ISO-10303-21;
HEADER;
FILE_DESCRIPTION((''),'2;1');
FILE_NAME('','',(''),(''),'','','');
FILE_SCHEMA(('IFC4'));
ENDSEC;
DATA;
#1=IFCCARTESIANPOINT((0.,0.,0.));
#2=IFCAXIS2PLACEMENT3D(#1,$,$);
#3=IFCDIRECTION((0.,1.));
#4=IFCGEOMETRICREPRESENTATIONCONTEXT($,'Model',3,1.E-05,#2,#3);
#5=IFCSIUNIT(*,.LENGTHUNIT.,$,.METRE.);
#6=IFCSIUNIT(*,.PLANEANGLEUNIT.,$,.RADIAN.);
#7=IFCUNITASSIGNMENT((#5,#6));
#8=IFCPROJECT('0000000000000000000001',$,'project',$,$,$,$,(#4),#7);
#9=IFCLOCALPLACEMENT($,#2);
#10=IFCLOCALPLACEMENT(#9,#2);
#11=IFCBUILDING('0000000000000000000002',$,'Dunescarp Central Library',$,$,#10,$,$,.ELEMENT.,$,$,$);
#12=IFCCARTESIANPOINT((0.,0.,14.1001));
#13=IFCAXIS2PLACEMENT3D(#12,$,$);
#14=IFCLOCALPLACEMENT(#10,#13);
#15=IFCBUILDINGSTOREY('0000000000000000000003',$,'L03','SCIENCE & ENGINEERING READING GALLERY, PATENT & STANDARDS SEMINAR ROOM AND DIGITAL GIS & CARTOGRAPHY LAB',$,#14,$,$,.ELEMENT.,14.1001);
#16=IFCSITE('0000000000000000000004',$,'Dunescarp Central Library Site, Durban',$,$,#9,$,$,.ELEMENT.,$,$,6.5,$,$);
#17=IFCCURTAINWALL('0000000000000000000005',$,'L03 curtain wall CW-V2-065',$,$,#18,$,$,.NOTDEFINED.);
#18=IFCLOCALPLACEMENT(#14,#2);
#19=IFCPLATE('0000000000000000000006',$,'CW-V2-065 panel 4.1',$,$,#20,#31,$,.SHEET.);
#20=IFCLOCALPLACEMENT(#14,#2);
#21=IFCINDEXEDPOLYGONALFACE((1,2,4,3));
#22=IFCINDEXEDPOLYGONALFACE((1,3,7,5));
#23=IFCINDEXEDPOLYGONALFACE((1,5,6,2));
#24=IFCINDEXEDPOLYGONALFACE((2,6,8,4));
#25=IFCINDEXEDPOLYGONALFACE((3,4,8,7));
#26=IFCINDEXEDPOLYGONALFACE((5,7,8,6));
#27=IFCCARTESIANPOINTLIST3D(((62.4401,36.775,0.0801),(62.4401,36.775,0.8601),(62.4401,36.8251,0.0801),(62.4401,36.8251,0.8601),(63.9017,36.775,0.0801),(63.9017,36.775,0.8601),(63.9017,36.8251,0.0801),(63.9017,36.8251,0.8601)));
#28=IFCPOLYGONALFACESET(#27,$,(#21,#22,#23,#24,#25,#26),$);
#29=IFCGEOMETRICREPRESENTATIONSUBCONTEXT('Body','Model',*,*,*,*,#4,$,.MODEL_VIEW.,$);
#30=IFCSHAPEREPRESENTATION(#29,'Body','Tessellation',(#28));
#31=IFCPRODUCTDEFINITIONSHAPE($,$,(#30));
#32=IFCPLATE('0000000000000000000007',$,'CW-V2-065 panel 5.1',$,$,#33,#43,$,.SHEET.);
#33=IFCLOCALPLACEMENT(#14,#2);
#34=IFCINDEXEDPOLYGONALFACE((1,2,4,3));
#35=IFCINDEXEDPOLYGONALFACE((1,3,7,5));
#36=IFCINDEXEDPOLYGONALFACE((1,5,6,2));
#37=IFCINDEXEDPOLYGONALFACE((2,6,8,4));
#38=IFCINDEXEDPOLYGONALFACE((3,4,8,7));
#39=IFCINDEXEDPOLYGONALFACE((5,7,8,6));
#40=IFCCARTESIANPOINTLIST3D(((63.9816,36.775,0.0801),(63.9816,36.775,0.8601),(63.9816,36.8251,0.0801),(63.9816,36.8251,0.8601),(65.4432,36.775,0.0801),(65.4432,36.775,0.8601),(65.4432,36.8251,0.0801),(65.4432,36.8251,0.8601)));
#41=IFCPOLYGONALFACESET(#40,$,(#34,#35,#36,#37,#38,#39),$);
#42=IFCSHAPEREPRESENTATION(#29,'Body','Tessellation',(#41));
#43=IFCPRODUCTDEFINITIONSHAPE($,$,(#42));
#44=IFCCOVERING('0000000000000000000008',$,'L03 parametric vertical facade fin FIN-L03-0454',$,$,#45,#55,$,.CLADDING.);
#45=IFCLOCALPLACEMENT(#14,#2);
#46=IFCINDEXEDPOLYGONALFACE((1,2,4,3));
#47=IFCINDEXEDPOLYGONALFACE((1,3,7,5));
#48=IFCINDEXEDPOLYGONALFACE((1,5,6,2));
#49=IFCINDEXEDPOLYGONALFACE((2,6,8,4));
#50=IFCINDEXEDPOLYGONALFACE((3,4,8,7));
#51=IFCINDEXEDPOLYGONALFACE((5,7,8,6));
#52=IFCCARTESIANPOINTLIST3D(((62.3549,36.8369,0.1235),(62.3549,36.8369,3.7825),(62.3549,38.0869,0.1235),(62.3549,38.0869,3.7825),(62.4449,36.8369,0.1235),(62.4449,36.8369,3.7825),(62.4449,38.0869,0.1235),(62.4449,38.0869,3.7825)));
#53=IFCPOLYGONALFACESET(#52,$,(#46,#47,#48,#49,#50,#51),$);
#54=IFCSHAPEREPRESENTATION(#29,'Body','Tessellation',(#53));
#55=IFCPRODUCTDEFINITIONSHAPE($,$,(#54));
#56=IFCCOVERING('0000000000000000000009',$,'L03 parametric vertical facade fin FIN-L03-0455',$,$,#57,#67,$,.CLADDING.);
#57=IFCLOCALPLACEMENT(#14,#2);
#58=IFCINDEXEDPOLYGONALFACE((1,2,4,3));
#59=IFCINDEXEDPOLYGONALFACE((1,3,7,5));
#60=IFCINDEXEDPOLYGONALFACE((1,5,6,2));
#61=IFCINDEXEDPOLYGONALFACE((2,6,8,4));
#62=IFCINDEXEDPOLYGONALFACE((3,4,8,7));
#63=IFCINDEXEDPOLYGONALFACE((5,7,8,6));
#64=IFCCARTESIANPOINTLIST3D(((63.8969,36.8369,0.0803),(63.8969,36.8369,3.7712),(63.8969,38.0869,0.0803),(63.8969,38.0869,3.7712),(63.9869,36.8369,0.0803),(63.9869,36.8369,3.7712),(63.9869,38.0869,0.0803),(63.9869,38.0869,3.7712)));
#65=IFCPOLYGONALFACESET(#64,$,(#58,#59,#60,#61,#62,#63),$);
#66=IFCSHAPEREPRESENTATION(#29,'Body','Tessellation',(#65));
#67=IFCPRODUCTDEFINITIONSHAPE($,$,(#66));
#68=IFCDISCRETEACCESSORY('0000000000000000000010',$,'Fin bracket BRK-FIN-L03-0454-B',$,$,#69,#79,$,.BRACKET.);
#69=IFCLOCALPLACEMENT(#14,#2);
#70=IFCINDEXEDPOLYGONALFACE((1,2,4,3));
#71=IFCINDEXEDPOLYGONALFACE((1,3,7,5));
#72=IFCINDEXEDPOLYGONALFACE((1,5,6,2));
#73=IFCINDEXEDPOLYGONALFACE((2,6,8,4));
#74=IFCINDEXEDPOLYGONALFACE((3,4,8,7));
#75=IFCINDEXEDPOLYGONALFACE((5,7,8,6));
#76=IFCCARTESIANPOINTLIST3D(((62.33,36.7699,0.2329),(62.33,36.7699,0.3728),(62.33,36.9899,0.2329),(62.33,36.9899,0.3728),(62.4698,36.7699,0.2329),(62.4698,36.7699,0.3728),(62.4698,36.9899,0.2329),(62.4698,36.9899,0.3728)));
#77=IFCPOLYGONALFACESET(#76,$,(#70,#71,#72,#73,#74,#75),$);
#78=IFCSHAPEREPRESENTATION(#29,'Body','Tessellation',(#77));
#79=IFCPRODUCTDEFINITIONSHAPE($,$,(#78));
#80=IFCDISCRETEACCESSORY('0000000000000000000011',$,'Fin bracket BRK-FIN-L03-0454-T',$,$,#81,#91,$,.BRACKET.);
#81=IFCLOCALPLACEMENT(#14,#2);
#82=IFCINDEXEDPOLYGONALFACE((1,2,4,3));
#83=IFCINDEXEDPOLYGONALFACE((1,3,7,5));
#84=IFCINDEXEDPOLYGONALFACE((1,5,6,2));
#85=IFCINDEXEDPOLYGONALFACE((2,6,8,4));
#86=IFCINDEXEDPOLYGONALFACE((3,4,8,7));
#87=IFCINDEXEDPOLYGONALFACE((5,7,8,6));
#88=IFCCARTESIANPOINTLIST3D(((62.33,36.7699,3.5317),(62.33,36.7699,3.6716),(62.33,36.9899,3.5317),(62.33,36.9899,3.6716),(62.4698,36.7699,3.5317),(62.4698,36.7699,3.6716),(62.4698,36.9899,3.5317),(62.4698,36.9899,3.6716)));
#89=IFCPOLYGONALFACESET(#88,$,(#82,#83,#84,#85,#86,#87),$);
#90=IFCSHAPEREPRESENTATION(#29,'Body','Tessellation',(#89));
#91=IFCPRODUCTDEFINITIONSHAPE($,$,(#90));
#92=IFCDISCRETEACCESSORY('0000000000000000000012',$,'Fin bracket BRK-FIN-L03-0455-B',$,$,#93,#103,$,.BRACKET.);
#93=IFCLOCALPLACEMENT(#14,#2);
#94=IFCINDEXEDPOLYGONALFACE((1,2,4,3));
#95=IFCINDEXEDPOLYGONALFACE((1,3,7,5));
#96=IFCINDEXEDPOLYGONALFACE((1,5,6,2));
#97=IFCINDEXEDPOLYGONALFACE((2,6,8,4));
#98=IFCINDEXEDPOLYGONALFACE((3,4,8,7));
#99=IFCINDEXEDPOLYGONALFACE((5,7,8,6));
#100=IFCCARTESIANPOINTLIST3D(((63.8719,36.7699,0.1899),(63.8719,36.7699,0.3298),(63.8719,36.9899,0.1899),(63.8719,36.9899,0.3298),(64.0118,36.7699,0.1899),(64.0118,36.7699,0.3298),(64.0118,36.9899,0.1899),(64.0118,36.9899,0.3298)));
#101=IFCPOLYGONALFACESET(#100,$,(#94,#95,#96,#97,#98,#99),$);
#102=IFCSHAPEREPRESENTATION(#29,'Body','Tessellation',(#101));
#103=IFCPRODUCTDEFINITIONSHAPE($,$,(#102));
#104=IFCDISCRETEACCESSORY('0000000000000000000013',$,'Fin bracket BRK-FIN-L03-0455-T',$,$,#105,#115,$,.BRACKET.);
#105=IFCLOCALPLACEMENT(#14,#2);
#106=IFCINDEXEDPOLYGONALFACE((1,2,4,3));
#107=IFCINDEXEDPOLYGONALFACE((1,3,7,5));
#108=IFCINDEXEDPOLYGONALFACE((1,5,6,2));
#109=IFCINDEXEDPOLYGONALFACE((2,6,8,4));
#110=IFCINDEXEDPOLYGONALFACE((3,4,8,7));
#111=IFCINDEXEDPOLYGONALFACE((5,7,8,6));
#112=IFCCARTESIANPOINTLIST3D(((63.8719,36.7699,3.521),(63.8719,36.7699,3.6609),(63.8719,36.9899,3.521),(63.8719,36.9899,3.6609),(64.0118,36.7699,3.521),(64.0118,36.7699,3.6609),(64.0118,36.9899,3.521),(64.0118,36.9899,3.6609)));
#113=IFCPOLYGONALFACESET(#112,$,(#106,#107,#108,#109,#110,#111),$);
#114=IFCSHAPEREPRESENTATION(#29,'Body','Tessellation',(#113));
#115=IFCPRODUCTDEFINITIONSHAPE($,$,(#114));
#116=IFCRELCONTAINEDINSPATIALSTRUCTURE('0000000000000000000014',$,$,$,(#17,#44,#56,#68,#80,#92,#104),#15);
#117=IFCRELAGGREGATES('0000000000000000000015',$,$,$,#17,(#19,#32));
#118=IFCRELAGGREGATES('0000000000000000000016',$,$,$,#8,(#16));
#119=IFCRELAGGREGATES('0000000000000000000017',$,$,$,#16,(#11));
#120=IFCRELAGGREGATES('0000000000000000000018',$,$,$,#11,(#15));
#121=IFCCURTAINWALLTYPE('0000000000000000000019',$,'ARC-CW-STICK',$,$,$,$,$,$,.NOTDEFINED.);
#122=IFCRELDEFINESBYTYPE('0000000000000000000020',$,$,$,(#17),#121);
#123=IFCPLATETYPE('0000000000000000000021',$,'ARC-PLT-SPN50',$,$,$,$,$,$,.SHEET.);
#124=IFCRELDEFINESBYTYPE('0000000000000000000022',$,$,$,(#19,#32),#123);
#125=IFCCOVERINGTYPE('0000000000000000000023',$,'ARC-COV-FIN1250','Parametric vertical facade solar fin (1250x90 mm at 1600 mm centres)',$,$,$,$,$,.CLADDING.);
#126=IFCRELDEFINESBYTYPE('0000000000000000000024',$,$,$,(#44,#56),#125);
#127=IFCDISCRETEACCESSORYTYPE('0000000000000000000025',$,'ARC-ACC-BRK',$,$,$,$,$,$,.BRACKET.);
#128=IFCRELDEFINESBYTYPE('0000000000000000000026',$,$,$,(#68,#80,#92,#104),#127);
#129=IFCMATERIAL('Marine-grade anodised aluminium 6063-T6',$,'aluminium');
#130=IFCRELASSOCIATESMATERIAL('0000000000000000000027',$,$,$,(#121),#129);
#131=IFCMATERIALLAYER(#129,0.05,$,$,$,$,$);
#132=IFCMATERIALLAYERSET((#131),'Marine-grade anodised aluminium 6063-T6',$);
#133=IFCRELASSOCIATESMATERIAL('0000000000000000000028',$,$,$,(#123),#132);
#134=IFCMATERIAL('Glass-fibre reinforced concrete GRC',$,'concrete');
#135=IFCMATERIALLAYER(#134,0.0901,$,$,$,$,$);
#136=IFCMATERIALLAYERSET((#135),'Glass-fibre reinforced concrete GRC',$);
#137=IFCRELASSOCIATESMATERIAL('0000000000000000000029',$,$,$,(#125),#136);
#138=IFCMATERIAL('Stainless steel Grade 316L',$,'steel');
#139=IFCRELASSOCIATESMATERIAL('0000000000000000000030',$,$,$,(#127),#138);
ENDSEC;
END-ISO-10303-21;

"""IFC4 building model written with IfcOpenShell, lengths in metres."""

from ifc_helpers import new_model, si_unit, direction, frame, origin, origin_2d, place, context, subcontext, project, spatial, rectangle, extrude, material, layer, layer_set, type_object, element, aggregate, save


model = new_model("IFC4")

# Units and contexts
model_context = context("Model", 3, precision=1e-05, world=origin(), true_north=direction((0.0, 1.0)))
body_context = subcontext(model_context, "Body", "Model", "MODEL_VIEW")
ifc_project = project(units=[si_unit("LENGTHUNIT", "METRE"), si_unit("PLANEANGLEUNIT", "RADIAN")], contexts=[model_context])

# Site, building, storey
site_placement = place(None, origin())
site = spatial("IfcSite", under=ifc_project, at=site_placement, Name="Dunescarp Central Library Site, Durban", CompositionType="ELEMENT", RefElevation=6.5)
building_placement = place(site_placement, origin())
building = spatial("IfcBuilding", under=site, at=building_placement, Name="Dunescarp Central Library", CompositionType="ELEMENT")
storey_placement = place(building_placement, frame((0.0, 0.0, 14.1001)))
storey = spatial("IfcBuildingStorey", under=building, at=storey_placement, Name="L03", Description="SCIENCE & ENGINEERING READING GALLERY, PATENT & STANDARDS SEMINAR ROOM AND DIGITAL GIS & CARTOGRAPHY LAB", CompositionType="ELEMENT", Elevation=14.1001)

# Curtain wall, plates
ifc_material_1 = material(Name="Marine-grade anodised aluminium 6063-T6", Category="aluminium")
curtain_wall_type = type_object("IfcCurtainWallType", Name="ARC-CW-STICK", PredefinedType="NOTDEFINED", material=ifc_material_1)
curtain_wall_placement = place(storey_placement, origin())
curtain_wall = element("IfcCurtainWall", 1, at=curtain_wall_placement, inside=storey, type_object=curtain_wall_type, Name="L03 curtain wall CW-V2-065", PredefinedType="NOTDEFINED")
ifc_layer_1 = layer(ifc_material_1, 0.05)
ifc_layer_set_1 = layer_set([ifc_layer_1], Name="Marine-grade anodised aluminium 6063-T6")
plate_type_1 = type_object("IfcPlateType", Name="ARC-PLT-SPN50", PredefinedType="SHEET", material=ifc_layer_set_1)
plate_1_placement = place(storey_placement, frame((63.1709, 36.8, 0.0801), z_axis=(0.0, 0.0, 1.0), x_axis=(1.0, 0.0, 0.0)))
plate_1 = element("IfcPlate", 2, at=plate_1_placement, type_object=plate_type_1, Name="CW-V2-065 panel 4.1", PredefinedType="SHEET", context=body_context, shape_type="SweptSolid", body=[
    extrude(rectangle(XDim=1.4617, YDim=0.05, at=origin_2d()), origin(), (0.0, 0.0, 1.0), 0.78),
])
plate_2_placement = place(storey_placement, frame((64.7124, 36.8, 0.0801), z_axis=(0.0, 0.0, 1.0), x_axis=(1.0, 0.0, 0.0)))
plate_2 = element("IfcPlate", 3, at=plate_2_placement, type_object=plate_type_1, Name="CW-V2-065 panel 5.1", PredefinedType="SHEET", context=body_context, shape_type="SweptSolid", body=[
    extrude(rectangle(XDim=1.4617, YDim=0.05, at=origin_2d()), origin(), (0.0, 0.0, 1.0), 0.78),
])
aggregate(curtain_wall, [plate_1, plate_2])

# Coverings
ifc_material_2 = material(Name="Glass-fibre reinforced concrete GRC", Category="concrete")
ifc_layer_2 = layer(ifc_material_2, 0.0901)
ifc_layer_set_2 = layer_set([ifc_layer_2], Name="Glass-fibre reinforced concrete GRC")
covering_type = type_object("IfcCoveringType", Name="ARC-COV-FIN1250", Description="Parametric vertical facade solar fin (1250x90 mm at 1600 mm centres)", PredefinedType="CLADDING", material=ifc_layer_set_2)
covering_1_placement = place(storey_placement, frame((62.3999, 37.4619, 0.1235), z_axis=(0.0, 0.0, 1.0), x_axis=(0.0, 1.0, 0.0)))
element("IfcCovering", 4, at=covering_1_placement, inside=storey, type_object=covering_type, Name="L03 parametric vertical facade fin FIN-L03-0454", PredefinedType="CLADDING", context=body_context, shape_type="SweptSolid", body=[
    extrude(rectangle(XDim=1.25, YDim=0.0901, at=origin_2d()), origin(), (0.0, 0.0, 1.0), 3.6589),
])
covering_2_placement = place(storey_placement, frame((63.9419, 37.4619, 0.0803), z_axis=(0.0, 0.0, 1.0), x_axis=(0.0, 1.0, 0.0)))
element("IfcCovering", 5, at=covering_2_placement, inside=storey, type_object=covering_type, Name="L03 parametric vertical facade fin FIN-L03-0455", PredefinedType="CLADDING", context=body_context, shape_type="SweptSolid", body=[
    extrude(rectangle(XDim=1.25, YDim=0.0901, at=origin_2d()), origin(), (0.0, 0.0, 1.0), 3.6909),
])

# Discrete accessories
ifc_material_3 = material(Name="Stainless steel Grade 316L", Category="steel")
discrete_accessory_type = type_object("IfcDiscreteAccessoryType", Name="ARC-ACC-BRK", PredefinedType="BRACKET", material=ifc_material_3)
for number, where, z_axis, x_axis, name in (
    (6, (62.3999, 36.8799, 0.2329), (0.0, 0.0, 1.0), (0.0, 1.0, 0.0), "Fin bracket BRK-FIN-L03-0454-B"),
    (7, (62.3999, 36.8799, 3.5317), (0.0, 0.0, 1.0), (0.0, 1.0, 0.0), "Fin bracket BRK-FIN-L03-0454-T"),
    (8, (63.9419, 36.8799, 0.1899), (0.0, 0.0, 1.0), (0.0, 1.0, 0.0), "Fin bracket BRK-FIN-L03-0455-B"),
    (9, (63.9419, 36.8799, 3.521), (0.0, 0.0, 1.0), (0.0, 1.0, 0.0), "Fin bracket BRK-FIN-L03-0455-T"),
):
    element("IfcDiscreteAccessory", number, at=place(storey_placement, frame(where, z_axis=z_axis, x_axis=x_axis)), inside=storey, type_object=discrete_accessory_type, Name=name, PredefinedType="BRACKET", context=body_context, shape_type="SweptSolid", body=[
        extrude(rectangle(XDim=0.22, YDim=0.1399, at=origin_2d()), origin(), (0.0, 0.0, 1.0), 0.1399),
    ])

save(model, "model.ifc")
